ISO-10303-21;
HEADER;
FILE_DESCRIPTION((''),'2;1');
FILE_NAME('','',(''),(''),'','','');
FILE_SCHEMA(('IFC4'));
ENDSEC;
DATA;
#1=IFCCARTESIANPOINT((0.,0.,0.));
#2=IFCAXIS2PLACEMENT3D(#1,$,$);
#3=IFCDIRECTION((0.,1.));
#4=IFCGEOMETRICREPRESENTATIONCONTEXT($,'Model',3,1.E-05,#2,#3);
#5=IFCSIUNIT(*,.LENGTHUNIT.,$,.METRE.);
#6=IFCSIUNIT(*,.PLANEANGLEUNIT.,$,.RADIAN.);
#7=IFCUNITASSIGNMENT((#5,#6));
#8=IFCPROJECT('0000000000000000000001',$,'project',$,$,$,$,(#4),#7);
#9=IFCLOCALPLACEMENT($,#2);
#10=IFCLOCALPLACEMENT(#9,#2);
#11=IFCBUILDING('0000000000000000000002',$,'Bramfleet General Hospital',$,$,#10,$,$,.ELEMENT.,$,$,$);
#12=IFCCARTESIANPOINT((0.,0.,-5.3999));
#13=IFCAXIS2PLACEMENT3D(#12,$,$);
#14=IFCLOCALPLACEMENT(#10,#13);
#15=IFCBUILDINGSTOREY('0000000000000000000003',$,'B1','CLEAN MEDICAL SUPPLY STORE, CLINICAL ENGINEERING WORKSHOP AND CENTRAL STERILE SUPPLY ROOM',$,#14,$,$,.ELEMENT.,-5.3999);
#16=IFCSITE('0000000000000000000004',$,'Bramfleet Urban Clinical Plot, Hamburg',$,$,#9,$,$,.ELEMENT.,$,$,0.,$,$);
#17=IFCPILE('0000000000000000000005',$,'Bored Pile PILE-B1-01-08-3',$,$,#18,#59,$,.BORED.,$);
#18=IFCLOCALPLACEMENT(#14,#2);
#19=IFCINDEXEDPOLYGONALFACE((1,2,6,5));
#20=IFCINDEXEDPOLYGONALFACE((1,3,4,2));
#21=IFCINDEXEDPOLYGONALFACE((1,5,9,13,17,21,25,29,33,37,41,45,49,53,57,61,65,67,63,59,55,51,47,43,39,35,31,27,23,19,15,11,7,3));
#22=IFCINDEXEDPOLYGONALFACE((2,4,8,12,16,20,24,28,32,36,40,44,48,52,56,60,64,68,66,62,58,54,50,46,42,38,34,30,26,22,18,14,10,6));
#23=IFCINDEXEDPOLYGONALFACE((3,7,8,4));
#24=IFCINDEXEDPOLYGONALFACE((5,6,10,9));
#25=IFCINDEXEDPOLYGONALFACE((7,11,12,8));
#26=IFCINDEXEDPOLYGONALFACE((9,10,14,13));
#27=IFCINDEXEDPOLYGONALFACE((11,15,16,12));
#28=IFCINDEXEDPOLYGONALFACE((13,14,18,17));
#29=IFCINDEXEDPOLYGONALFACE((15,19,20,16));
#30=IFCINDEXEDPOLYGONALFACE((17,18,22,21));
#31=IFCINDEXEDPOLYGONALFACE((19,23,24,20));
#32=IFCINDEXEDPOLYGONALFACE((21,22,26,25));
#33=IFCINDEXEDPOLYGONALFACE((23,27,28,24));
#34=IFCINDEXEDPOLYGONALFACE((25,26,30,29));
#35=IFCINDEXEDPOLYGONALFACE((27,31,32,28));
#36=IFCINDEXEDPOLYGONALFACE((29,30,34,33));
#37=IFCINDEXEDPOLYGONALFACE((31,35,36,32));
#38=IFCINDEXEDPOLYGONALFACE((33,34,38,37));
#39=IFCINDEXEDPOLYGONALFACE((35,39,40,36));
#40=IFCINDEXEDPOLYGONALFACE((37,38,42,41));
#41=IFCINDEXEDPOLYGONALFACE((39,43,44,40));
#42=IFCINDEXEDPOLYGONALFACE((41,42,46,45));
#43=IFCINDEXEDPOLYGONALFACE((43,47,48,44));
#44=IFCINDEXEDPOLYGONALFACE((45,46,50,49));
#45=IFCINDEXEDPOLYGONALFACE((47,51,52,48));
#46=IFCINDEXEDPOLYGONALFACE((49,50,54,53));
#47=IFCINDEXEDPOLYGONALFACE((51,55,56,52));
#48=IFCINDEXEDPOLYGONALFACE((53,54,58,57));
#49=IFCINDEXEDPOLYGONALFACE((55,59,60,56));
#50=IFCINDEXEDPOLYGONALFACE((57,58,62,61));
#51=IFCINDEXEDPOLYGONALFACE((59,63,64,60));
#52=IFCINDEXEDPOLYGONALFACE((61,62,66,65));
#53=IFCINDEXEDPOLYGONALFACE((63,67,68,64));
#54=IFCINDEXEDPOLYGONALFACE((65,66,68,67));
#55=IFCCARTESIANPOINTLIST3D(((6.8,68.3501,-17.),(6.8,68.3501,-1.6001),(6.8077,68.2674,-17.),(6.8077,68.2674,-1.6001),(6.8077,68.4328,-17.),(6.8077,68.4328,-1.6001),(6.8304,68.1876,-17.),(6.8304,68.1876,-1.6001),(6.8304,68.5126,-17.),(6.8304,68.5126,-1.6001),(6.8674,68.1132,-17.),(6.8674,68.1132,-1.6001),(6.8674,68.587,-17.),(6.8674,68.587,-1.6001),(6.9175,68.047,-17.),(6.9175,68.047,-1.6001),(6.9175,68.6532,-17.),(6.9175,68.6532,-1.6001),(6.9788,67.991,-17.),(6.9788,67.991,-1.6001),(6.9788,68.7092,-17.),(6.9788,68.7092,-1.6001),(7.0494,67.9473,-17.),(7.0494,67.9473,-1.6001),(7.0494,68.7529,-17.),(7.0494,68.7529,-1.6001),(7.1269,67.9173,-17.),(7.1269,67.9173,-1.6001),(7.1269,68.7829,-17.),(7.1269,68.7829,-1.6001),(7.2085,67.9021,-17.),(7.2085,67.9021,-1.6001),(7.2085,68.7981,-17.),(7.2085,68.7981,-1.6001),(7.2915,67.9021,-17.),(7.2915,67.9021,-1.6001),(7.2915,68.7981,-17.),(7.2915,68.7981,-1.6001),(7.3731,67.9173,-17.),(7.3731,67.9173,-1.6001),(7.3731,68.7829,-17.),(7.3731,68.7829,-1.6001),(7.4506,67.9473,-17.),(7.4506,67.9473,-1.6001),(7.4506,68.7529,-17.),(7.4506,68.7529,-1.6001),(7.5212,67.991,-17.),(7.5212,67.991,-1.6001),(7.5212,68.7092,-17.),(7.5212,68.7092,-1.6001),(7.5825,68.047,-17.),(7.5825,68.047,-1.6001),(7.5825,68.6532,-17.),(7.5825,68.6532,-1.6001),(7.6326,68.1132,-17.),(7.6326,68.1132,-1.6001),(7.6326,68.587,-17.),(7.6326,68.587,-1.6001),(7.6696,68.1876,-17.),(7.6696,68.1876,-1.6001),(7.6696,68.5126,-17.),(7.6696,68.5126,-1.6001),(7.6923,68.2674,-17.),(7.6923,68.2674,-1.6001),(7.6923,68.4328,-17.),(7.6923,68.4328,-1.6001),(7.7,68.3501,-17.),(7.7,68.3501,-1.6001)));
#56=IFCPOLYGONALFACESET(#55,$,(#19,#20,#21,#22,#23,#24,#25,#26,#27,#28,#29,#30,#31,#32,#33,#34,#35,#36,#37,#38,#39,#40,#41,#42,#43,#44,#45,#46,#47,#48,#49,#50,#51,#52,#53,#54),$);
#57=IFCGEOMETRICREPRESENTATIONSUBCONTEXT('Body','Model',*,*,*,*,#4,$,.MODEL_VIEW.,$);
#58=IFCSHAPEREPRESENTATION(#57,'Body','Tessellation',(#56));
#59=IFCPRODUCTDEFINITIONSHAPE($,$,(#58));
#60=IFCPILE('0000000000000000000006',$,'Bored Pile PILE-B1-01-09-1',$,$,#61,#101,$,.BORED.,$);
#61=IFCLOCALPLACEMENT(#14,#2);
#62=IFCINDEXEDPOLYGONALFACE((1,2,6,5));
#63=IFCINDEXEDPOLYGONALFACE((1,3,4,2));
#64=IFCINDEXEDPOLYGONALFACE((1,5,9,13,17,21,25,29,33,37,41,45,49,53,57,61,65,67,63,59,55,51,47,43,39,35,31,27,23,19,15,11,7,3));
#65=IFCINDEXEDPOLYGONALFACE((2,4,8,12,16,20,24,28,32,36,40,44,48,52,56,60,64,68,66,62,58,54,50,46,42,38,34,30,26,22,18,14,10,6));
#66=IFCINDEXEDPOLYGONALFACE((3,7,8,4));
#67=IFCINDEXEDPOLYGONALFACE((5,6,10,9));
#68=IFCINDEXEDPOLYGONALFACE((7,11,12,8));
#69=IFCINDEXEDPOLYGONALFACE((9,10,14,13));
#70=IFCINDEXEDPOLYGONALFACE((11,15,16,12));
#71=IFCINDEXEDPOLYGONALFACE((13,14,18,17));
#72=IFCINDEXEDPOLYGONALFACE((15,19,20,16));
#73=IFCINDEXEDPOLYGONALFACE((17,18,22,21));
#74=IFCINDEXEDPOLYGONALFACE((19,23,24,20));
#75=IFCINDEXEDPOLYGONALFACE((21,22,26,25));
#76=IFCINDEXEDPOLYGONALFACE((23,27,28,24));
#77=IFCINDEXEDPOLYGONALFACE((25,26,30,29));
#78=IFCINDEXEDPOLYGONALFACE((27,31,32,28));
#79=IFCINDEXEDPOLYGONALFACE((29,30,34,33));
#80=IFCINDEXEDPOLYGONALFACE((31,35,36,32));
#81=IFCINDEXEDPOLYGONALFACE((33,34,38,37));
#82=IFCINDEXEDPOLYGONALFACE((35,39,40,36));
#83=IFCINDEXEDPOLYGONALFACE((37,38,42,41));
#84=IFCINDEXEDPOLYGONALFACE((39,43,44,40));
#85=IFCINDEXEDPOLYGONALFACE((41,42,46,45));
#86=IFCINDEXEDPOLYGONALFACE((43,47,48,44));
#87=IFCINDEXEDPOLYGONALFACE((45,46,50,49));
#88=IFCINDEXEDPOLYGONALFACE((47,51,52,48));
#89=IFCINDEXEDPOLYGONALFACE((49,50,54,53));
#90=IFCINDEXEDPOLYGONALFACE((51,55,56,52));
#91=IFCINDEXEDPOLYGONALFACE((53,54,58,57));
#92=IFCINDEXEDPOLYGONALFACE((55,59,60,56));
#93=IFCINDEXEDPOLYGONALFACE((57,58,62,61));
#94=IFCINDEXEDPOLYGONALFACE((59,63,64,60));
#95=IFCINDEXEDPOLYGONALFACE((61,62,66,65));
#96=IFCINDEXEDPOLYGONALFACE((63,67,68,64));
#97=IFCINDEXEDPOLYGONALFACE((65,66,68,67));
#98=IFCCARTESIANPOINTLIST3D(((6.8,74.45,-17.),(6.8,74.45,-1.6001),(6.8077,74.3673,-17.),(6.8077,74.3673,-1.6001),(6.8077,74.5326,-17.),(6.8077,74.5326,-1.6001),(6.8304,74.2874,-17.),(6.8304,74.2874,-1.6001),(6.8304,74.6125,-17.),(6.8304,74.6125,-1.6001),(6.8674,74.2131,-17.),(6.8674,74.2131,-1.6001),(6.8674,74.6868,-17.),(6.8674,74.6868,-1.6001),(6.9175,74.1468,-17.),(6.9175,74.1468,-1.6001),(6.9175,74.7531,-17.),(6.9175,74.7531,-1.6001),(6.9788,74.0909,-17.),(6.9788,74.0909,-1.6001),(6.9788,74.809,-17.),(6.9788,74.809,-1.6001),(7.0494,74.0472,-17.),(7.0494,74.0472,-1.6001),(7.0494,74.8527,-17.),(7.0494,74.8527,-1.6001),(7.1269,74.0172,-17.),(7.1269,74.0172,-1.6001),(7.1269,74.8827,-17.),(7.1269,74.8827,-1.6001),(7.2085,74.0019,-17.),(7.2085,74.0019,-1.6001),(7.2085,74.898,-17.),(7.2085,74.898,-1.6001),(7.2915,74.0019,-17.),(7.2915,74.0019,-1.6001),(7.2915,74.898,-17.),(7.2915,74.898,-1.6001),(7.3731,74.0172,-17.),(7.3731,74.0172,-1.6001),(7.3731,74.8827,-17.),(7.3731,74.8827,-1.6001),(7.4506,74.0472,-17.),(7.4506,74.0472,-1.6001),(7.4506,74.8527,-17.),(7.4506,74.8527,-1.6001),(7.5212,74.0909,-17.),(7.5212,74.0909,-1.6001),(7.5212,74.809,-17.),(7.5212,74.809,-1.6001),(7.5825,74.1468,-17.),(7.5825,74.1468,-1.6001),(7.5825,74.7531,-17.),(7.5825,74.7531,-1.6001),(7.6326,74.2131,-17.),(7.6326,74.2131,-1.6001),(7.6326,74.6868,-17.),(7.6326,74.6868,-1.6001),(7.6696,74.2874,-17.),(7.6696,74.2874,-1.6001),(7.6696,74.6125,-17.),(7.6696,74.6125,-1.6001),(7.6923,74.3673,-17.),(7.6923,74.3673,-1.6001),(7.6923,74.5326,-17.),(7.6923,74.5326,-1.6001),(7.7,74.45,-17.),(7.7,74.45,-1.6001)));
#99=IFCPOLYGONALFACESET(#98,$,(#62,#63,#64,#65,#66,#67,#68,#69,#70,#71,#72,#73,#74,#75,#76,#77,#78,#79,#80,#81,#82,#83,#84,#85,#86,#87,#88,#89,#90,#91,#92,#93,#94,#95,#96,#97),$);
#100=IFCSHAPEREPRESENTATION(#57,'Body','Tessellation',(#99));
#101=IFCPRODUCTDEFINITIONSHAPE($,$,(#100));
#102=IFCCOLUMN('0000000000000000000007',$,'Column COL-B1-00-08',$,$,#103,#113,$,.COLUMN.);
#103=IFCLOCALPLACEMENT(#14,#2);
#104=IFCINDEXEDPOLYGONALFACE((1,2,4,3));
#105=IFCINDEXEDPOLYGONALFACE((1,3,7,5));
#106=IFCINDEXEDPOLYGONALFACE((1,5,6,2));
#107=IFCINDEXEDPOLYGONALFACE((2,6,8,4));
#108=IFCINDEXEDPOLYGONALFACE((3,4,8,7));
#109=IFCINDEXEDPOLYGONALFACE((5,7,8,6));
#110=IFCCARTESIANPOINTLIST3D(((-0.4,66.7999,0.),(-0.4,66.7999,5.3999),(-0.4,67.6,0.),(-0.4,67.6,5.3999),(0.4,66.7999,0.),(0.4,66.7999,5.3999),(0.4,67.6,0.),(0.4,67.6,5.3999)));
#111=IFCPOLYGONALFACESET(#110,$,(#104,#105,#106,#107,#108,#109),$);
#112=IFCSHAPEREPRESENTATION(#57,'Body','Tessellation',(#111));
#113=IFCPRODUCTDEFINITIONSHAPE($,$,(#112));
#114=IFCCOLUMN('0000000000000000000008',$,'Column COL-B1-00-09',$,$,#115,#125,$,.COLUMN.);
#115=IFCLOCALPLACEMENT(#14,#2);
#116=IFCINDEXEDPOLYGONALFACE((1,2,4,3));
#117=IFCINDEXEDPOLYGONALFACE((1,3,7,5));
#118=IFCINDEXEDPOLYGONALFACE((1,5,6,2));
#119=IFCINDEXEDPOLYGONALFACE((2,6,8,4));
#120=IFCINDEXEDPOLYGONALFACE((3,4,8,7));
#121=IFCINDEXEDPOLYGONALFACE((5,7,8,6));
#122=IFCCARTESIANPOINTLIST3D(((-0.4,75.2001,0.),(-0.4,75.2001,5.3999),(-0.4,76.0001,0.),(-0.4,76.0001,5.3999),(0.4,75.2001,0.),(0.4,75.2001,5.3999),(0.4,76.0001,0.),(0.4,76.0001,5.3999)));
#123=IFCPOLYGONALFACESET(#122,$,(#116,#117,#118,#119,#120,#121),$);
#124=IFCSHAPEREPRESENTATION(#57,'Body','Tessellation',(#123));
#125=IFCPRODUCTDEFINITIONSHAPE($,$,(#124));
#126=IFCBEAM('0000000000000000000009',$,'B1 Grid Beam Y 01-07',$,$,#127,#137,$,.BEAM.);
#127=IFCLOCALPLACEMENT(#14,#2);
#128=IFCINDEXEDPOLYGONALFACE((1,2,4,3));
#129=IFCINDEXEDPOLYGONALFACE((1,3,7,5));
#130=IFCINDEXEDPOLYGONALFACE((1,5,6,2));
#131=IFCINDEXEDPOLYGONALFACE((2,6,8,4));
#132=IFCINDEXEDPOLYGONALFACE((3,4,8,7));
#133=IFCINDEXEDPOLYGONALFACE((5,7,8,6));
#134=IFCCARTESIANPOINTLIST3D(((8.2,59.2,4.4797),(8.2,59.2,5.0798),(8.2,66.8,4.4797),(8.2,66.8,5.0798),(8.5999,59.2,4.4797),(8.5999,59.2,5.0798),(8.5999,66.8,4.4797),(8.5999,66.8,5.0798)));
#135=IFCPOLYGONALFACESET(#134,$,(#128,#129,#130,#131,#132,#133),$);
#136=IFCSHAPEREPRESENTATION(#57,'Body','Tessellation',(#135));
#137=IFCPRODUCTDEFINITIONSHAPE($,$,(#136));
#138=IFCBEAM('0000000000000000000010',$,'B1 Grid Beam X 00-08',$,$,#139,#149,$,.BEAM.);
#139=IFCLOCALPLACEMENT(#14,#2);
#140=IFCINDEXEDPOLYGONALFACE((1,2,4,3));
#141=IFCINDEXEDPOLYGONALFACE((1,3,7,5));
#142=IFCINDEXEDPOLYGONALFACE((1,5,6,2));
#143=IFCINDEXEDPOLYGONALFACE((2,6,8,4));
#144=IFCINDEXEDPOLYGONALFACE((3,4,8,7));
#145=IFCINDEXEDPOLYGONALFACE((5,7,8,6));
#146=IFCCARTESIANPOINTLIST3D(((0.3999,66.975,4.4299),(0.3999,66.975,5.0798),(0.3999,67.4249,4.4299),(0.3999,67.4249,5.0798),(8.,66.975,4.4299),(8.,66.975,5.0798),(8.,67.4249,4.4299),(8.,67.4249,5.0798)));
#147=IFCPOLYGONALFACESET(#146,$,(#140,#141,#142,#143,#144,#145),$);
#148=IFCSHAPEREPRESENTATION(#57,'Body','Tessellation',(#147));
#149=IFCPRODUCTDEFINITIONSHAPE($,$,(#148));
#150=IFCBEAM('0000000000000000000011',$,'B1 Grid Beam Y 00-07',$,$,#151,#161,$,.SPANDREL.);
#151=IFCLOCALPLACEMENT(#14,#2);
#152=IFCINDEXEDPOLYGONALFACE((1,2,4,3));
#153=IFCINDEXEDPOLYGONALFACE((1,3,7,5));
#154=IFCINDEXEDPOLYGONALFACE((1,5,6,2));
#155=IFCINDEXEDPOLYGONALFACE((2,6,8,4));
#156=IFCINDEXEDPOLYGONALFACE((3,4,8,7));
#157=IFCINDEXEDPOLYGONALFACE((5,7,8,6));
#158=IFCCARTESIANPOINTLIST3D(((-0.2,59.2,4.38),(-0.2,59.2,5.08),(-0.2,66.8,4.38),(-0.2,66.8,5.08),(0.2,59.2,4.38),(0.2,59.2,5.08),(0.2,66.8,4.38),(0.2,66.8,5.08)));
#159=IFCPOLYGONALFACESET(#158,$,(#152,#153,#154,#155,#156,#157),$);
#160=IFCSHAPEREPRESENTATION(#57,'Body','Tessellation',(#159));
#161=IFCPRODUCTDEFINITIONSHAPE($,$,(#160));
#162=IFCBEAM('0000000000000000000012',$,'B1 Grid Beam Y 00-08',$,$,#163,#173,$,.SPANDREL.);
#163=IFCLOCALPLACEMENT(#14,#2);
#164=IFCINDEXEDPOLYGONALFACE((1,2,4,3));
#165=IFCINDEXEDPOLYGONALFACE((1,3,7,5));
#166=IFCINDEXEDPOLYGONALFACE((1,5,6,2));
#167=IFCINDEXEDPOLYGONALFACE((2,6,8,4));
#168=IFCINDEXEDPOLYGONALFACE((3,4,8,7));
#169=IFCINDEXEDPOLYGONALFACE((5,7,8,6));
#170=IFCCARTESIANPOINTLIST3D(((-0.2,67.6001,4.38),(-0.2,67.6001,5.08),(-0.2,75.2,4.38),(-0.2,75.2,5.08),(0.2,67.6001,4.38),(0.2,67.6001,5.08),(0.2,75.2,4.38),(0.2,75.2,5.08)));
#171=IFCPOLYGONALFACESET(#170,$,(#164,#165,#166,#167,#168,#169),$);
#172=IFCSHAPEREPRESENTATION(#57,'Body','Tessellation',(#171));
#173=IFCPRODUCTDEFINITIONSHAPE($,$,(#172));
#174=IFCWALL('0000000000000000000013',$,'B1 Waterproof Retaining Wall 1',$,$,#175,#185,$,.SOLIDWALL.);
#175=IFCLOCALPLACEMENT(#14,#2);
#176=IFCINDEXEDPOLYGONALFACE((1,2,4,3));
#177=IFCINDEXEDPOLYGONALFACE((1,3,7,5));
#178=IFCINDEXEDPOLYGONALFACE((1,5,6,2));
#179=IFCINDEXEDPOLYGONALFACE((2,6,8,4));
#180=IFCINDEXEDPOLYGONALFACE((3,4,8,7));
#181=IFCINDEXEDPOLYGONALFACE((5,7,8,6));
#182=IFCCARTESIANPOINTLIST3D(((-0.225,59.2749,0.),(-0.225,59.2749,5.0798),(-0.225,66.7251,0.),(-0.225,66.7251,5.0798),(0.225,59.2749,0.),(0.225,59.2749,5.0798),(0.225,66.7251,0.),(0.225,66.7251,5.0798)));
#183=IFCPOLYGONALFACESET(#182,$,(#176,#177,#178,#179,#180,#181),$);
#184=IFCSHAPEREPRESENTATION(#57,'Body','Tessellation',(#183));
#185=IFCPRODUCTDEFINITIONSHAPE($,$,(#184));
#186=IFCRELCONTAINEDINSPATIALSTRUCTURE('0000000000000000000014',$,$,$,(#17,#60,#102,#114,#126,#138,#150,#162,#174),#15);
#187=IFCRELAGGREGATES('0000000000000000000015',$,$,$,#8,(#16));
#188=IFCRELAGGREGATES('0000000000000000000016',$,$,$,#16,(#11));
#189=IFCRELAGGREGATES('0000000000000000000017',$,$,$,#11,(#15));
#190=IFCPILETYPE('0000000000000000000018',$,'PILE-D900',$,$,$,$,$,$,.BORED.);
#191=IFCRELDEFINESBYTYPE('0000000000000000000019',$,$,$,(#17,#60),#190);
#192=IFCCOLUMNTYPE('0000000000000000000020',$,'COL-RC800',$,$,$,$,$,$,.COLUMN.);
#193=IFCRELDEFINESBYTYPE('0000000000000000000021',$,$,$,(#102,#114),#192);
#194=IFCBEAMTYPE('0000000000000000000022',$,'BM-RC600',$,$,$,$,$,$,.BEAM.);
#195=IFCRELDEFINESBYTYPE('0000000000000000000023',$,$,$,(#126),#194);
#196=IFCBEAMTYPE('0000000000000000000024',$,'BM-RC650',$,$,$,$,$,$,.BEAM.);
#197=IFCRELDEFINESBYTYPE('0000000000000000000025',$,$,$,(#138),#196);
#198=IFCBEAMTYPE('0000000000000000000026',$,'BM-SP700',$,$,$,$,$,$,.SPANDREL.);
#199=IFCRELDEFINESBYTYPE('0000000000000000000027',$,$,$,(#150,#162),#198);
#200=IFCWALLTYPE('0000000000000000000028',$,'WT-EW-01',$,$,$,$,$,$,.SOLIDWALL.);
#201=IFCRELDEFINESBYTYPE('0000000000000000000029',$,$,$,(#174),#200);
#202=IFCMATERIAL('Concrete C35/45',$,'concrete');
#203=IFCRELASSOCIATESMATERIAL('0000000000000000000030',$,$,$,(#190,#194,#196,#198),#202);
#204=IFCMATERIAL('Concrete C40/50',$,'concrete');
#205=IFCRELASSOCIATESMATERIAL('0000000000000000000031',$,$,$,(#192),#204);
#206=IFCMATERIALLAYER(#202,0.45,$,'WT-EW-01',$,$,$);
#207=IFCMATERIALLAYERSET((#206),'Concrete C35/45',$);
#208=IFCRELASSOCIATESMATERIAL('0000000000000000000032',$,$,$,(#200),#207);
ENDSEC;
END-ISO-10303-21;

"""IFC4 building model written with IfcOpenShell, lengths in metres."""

from ifc_helpers import new_model, si_unit, direction, frame, frame_2d, origin, origin_2d, place, context, subcontext, project, spatial, rectangle, circle, extrude, material, layer, layer_set, material_profile, profile_set, type_object, element, save


model = new_model("IFC4")

# Units and contexts
model_context = context("Model", 3, precision=1e-05, world=origin(), true_north=direction((0.0, 1.0)))
body_context = subcontext(model_context, "Body", "Model", "MODEL_VIEW")
ifc_project = project(units=[si_unit("LENGTHUNIT", "METRE"), si_unit("PLANEANGLEUNIT", "RADIAN")], contexts=[model_context])

# Site, building, storey
site_placement = place(None, origin())
site = spatial("IfcSite", under=ifc_project, at=site_placement, Name="Bramfleet Urban Clinical Plot, Hamburg", CompositionType="ELEMENT", RefElevation=0.0)
building_placement = place(site_placement, origin())
building = spatial("IfcBuilding", under=site, at=building_placement, Name="Bramfleet General Hospital", CompositionType="ELEMENT")
storey_placement = place(building_placement, frame((0.0, 0.0, -5.3999)))
storey = spatial("IfcBuildingStorey", under=building, at=storey_placement, Name="B1", Description="CLEAN MEDICAL SUPPLY STORE, CLINICAL ENGINEERING WORKSHOP AND CENTRAL STERILE SUPPLY ROOM", CompositionType="ELEMENT", Elevation=-5.3999)

# Shared definitions
ifc_material_1 = material(Name="Concrete C35/45", Category="concrete")

# Piles
ifc_material_profile_1 = material_profile(ifc_material_1, circle(Radius=0.45, at=origin_2d()), Name="PILE BORED D900")
ifc_profile_set_1 = profile_set([ifc_material_profile_1], Name="Concrete C35/45")
pile_type = type_object("IfcPileType", Name="PILE-D900", PredefinedType="BORED", material=ifc_profile_set_1)
for number, where, z_axis, x_axis, name in (
    (1, (7.25, 68.3501, -1.6001), (0.0, 0.0, -1.0), (1.0, 0.0, 0.0), "Bored Pile PILE-B1-01-08-3"),
    (2, (7.25, 74.45, -1.6001), (0.0, 0.0, -1.0), (1.0, 0.0, 0.0), "Bored Pile PILE-B1-01-09-1"),
):
    element("IfcPile", number, at=place(storey_placement, frame(where, z_axis=z_axis, x_axis=x_axis)), inside=storey, type_object=pile_type, Name=name, PredefinedType="BORED", context=body_context, shape_type="SweptSolid", body=[
        extrude(circle(Radius=0.45, at=origin_2d()), origin(), (0.0, 0.0, 1.0), 15.3999),
    ])

# Columns
ifc_material_2 = material(Name="Concrete C40/50", Category="concrete")
ifc_material_profile_2 = material_profile(ifc_material_2, rectangle(XDim=0.8, YDim=0.8, at=origin_2d()), Name="RC COL 800x800")
ifc_profile_set_2 = profile_set([ifc_material_profile_2], Name="Concrete C40/50")
column_type = type_object("IfcColumnType", Name="COL-RC800", PredefinedType="COLUMN", material=ifc_profile_set_2)
for number, where, z_axis, x_axis, name in (
    (3, (0.0, 67.2, 0.0), (0.0, 0.0, 1.0), (1.0, 0.0, 0.0), "Column COL-B1-00-08"),
    (4, (0.0, 75.6001, 0.0), (0.0, 0.0, 1.0), (1.0, 0.0, 0.0), "Column COL-B1-00-09"),
):
    element("IfcColumn", number, at=place(storey_placement, frame(where, z_axis=z_axis, x_axis=x_axis)), inside=storey, type_object=column_type, Name=name, PredefinedType="COLUMN", context=body_context, shape_type="SweptSolid", body=[
        extrude(rectangle(XDim=0.8, YDim=0.8, at=origin_2d()), origin(), (0.0, 0.0, 1.0), 5.3999),
    ])

# Beams
ifc_material_profile_3 = material_profile(ifc_material_1, rectangle(XDim=0.3999, YDim=0.6001, at=origin_2d()), Name="RC BM 600x400")
ifc_profile_set_3 = profile_set([ifc_material_profile_3], Name="Concrete C35/45")
beam_type_1 = type_object("IfcBeamType", Name="BM-RC600", PredefinedType="BEAM", material=ifc_profile_set_3)
beam_1_placement = place(storey_placement, frame((8.3999, 59.2, 4.7798), z_axis=(0.0, 1.0, 0.0), x_axis=(-1.0, 0.0, 0.0)))
element("IfcBeam", 5, at=beam_1_placement, inside=storey, type_object=beam_type_1, Name="B1 Grid Beam Y 01-07", PredefinedType="BEAM", context=body_context, shape_type="SweptSolid", body=[
    extrude(rectangle(XDim=0.3999, YDim=0.6001, at=origin_2d()), origin(), (0.0, 0.0, 1.0), 7.6001),
])
ifc_material_profile_4 = material_profile(ifc_material_1, rectangle(XDim=0.45, YDim=0.6499, at=origin_2d()), Name="RC BM 650x450")
ifc_profile_set_4 = profile_set([ifc_material_profile_4], Name="Concrete C35/45")
beam_type_2 = type_object("IfcBeamType", Name="BM-RC650", PredefinedType="BEAM", material=ifc_profile_set_4)
beam_2_placement = place(storey_placement, frame((0.3999, 67.2, 4.7549), z_axis=(1.0, 0.0, 0.0), x_axis=(0.0, 1.0, 0.0)))
element("IfcBeam", 6, at=beam_2_placement, inside=storey, type_object=beam_type_2, Name="B1 Grid Beam X 00-08", PredefinedType="BEAM", context=body_context, shape_type="SweptSolid", body=[
    extrude(rectangle(XDim=0.45, YDim=0.6499, at=origin_2d()), origin(), (0.0, 0.0, 1.0), 7.6001),
])
ifc_material_profile_5 = material_profile(ifc_material_1, rectangle(XDim=0.3999, YDim=0.7, at=origin_2d()), Name="RC SP 700x400")
ifc_profile_set_5 = profile_set([ifc_material_profile_5], Name="Concrete C35/45")
beam_type_3 = type_object("IfcBeamType", Name="BM-SP700", PredefinedType="SPANDREL", material=ifc_profile_set_5)
beam_3_placement = place(storey_placement, frame((0.0, 59.2, 4.73), z_axis=(0.0, 1.0, 0.0), x_axis=(-1.0, 0.0, 0.0)))
element("IfcBeam", 7, at=beam_3_placement, inside=storey, type_object=beam_type_3, Name="B1 Grid Beam Y 00-07", PredefinedType="SPANDREL", context=body_context, shape_type="SweptSolid", body=[
    extrude(rectangle(XDim=0.3999, YDim=0.7, at=origin_2d()), origin(), (0.0, 0.0, 1.0), 7.6001),
])
beam_4_placement = place(storey_placement, frame((0.0, 67.6001, 4.73), z_axis=(0.0, 1.0, 0.0), x_axis=(-1.0, 0.0, 0.0)))
element("IfcBeam", 8, at=beam_4_placement, inside=storey, type_object=beam_type_3, Name="B1 Grid Beam Y 00-08", PredefinedType="SPANDREL", context=body_context, shape_type="SweptSolid", body=[
    extrude(rectangle(XDim=0.3999, YDim=0.7, at=origin_2d()), origin(), (0.0, 0.0, 1.0), 7.5999),
])

# Wall
ifc_layer_1 = layer(ifc_material_1, 0.45, Name="WT-EW-01")
ifc_layer_set_1 = layer_set([ifc_layer_1], Name="Concrete C35/45")
wall_type_1 = type_object("IfcWallType", Name="WT-EW-01", PredefinedType="SOLIDWALL", material=ifc_layer_set_1)
wall_1_placement = place(storey_placement, frame((0.0, 59.2749, 0.0), z_axis=(0.0, 0.0, 1.0), x_axis=(0.0, 1.0, 0.0)))
element("IfcWall", 9, at=wall_1_placement, inside=storey, type_object=wall_type_1, Name="B1 Waterproof Retaining Wall 1", PredefinedType="SOLIDWALL", context=body_context, shape_type="SweptSolid", body=[
    extrude(rectangle(XDim=7.4502, YDim=0.45, at=frame_2d((3.7251, 0.0))), origin(), (0.0, 0.0, 1.0), 5.0798),
])

save(model, "model.ifc")
